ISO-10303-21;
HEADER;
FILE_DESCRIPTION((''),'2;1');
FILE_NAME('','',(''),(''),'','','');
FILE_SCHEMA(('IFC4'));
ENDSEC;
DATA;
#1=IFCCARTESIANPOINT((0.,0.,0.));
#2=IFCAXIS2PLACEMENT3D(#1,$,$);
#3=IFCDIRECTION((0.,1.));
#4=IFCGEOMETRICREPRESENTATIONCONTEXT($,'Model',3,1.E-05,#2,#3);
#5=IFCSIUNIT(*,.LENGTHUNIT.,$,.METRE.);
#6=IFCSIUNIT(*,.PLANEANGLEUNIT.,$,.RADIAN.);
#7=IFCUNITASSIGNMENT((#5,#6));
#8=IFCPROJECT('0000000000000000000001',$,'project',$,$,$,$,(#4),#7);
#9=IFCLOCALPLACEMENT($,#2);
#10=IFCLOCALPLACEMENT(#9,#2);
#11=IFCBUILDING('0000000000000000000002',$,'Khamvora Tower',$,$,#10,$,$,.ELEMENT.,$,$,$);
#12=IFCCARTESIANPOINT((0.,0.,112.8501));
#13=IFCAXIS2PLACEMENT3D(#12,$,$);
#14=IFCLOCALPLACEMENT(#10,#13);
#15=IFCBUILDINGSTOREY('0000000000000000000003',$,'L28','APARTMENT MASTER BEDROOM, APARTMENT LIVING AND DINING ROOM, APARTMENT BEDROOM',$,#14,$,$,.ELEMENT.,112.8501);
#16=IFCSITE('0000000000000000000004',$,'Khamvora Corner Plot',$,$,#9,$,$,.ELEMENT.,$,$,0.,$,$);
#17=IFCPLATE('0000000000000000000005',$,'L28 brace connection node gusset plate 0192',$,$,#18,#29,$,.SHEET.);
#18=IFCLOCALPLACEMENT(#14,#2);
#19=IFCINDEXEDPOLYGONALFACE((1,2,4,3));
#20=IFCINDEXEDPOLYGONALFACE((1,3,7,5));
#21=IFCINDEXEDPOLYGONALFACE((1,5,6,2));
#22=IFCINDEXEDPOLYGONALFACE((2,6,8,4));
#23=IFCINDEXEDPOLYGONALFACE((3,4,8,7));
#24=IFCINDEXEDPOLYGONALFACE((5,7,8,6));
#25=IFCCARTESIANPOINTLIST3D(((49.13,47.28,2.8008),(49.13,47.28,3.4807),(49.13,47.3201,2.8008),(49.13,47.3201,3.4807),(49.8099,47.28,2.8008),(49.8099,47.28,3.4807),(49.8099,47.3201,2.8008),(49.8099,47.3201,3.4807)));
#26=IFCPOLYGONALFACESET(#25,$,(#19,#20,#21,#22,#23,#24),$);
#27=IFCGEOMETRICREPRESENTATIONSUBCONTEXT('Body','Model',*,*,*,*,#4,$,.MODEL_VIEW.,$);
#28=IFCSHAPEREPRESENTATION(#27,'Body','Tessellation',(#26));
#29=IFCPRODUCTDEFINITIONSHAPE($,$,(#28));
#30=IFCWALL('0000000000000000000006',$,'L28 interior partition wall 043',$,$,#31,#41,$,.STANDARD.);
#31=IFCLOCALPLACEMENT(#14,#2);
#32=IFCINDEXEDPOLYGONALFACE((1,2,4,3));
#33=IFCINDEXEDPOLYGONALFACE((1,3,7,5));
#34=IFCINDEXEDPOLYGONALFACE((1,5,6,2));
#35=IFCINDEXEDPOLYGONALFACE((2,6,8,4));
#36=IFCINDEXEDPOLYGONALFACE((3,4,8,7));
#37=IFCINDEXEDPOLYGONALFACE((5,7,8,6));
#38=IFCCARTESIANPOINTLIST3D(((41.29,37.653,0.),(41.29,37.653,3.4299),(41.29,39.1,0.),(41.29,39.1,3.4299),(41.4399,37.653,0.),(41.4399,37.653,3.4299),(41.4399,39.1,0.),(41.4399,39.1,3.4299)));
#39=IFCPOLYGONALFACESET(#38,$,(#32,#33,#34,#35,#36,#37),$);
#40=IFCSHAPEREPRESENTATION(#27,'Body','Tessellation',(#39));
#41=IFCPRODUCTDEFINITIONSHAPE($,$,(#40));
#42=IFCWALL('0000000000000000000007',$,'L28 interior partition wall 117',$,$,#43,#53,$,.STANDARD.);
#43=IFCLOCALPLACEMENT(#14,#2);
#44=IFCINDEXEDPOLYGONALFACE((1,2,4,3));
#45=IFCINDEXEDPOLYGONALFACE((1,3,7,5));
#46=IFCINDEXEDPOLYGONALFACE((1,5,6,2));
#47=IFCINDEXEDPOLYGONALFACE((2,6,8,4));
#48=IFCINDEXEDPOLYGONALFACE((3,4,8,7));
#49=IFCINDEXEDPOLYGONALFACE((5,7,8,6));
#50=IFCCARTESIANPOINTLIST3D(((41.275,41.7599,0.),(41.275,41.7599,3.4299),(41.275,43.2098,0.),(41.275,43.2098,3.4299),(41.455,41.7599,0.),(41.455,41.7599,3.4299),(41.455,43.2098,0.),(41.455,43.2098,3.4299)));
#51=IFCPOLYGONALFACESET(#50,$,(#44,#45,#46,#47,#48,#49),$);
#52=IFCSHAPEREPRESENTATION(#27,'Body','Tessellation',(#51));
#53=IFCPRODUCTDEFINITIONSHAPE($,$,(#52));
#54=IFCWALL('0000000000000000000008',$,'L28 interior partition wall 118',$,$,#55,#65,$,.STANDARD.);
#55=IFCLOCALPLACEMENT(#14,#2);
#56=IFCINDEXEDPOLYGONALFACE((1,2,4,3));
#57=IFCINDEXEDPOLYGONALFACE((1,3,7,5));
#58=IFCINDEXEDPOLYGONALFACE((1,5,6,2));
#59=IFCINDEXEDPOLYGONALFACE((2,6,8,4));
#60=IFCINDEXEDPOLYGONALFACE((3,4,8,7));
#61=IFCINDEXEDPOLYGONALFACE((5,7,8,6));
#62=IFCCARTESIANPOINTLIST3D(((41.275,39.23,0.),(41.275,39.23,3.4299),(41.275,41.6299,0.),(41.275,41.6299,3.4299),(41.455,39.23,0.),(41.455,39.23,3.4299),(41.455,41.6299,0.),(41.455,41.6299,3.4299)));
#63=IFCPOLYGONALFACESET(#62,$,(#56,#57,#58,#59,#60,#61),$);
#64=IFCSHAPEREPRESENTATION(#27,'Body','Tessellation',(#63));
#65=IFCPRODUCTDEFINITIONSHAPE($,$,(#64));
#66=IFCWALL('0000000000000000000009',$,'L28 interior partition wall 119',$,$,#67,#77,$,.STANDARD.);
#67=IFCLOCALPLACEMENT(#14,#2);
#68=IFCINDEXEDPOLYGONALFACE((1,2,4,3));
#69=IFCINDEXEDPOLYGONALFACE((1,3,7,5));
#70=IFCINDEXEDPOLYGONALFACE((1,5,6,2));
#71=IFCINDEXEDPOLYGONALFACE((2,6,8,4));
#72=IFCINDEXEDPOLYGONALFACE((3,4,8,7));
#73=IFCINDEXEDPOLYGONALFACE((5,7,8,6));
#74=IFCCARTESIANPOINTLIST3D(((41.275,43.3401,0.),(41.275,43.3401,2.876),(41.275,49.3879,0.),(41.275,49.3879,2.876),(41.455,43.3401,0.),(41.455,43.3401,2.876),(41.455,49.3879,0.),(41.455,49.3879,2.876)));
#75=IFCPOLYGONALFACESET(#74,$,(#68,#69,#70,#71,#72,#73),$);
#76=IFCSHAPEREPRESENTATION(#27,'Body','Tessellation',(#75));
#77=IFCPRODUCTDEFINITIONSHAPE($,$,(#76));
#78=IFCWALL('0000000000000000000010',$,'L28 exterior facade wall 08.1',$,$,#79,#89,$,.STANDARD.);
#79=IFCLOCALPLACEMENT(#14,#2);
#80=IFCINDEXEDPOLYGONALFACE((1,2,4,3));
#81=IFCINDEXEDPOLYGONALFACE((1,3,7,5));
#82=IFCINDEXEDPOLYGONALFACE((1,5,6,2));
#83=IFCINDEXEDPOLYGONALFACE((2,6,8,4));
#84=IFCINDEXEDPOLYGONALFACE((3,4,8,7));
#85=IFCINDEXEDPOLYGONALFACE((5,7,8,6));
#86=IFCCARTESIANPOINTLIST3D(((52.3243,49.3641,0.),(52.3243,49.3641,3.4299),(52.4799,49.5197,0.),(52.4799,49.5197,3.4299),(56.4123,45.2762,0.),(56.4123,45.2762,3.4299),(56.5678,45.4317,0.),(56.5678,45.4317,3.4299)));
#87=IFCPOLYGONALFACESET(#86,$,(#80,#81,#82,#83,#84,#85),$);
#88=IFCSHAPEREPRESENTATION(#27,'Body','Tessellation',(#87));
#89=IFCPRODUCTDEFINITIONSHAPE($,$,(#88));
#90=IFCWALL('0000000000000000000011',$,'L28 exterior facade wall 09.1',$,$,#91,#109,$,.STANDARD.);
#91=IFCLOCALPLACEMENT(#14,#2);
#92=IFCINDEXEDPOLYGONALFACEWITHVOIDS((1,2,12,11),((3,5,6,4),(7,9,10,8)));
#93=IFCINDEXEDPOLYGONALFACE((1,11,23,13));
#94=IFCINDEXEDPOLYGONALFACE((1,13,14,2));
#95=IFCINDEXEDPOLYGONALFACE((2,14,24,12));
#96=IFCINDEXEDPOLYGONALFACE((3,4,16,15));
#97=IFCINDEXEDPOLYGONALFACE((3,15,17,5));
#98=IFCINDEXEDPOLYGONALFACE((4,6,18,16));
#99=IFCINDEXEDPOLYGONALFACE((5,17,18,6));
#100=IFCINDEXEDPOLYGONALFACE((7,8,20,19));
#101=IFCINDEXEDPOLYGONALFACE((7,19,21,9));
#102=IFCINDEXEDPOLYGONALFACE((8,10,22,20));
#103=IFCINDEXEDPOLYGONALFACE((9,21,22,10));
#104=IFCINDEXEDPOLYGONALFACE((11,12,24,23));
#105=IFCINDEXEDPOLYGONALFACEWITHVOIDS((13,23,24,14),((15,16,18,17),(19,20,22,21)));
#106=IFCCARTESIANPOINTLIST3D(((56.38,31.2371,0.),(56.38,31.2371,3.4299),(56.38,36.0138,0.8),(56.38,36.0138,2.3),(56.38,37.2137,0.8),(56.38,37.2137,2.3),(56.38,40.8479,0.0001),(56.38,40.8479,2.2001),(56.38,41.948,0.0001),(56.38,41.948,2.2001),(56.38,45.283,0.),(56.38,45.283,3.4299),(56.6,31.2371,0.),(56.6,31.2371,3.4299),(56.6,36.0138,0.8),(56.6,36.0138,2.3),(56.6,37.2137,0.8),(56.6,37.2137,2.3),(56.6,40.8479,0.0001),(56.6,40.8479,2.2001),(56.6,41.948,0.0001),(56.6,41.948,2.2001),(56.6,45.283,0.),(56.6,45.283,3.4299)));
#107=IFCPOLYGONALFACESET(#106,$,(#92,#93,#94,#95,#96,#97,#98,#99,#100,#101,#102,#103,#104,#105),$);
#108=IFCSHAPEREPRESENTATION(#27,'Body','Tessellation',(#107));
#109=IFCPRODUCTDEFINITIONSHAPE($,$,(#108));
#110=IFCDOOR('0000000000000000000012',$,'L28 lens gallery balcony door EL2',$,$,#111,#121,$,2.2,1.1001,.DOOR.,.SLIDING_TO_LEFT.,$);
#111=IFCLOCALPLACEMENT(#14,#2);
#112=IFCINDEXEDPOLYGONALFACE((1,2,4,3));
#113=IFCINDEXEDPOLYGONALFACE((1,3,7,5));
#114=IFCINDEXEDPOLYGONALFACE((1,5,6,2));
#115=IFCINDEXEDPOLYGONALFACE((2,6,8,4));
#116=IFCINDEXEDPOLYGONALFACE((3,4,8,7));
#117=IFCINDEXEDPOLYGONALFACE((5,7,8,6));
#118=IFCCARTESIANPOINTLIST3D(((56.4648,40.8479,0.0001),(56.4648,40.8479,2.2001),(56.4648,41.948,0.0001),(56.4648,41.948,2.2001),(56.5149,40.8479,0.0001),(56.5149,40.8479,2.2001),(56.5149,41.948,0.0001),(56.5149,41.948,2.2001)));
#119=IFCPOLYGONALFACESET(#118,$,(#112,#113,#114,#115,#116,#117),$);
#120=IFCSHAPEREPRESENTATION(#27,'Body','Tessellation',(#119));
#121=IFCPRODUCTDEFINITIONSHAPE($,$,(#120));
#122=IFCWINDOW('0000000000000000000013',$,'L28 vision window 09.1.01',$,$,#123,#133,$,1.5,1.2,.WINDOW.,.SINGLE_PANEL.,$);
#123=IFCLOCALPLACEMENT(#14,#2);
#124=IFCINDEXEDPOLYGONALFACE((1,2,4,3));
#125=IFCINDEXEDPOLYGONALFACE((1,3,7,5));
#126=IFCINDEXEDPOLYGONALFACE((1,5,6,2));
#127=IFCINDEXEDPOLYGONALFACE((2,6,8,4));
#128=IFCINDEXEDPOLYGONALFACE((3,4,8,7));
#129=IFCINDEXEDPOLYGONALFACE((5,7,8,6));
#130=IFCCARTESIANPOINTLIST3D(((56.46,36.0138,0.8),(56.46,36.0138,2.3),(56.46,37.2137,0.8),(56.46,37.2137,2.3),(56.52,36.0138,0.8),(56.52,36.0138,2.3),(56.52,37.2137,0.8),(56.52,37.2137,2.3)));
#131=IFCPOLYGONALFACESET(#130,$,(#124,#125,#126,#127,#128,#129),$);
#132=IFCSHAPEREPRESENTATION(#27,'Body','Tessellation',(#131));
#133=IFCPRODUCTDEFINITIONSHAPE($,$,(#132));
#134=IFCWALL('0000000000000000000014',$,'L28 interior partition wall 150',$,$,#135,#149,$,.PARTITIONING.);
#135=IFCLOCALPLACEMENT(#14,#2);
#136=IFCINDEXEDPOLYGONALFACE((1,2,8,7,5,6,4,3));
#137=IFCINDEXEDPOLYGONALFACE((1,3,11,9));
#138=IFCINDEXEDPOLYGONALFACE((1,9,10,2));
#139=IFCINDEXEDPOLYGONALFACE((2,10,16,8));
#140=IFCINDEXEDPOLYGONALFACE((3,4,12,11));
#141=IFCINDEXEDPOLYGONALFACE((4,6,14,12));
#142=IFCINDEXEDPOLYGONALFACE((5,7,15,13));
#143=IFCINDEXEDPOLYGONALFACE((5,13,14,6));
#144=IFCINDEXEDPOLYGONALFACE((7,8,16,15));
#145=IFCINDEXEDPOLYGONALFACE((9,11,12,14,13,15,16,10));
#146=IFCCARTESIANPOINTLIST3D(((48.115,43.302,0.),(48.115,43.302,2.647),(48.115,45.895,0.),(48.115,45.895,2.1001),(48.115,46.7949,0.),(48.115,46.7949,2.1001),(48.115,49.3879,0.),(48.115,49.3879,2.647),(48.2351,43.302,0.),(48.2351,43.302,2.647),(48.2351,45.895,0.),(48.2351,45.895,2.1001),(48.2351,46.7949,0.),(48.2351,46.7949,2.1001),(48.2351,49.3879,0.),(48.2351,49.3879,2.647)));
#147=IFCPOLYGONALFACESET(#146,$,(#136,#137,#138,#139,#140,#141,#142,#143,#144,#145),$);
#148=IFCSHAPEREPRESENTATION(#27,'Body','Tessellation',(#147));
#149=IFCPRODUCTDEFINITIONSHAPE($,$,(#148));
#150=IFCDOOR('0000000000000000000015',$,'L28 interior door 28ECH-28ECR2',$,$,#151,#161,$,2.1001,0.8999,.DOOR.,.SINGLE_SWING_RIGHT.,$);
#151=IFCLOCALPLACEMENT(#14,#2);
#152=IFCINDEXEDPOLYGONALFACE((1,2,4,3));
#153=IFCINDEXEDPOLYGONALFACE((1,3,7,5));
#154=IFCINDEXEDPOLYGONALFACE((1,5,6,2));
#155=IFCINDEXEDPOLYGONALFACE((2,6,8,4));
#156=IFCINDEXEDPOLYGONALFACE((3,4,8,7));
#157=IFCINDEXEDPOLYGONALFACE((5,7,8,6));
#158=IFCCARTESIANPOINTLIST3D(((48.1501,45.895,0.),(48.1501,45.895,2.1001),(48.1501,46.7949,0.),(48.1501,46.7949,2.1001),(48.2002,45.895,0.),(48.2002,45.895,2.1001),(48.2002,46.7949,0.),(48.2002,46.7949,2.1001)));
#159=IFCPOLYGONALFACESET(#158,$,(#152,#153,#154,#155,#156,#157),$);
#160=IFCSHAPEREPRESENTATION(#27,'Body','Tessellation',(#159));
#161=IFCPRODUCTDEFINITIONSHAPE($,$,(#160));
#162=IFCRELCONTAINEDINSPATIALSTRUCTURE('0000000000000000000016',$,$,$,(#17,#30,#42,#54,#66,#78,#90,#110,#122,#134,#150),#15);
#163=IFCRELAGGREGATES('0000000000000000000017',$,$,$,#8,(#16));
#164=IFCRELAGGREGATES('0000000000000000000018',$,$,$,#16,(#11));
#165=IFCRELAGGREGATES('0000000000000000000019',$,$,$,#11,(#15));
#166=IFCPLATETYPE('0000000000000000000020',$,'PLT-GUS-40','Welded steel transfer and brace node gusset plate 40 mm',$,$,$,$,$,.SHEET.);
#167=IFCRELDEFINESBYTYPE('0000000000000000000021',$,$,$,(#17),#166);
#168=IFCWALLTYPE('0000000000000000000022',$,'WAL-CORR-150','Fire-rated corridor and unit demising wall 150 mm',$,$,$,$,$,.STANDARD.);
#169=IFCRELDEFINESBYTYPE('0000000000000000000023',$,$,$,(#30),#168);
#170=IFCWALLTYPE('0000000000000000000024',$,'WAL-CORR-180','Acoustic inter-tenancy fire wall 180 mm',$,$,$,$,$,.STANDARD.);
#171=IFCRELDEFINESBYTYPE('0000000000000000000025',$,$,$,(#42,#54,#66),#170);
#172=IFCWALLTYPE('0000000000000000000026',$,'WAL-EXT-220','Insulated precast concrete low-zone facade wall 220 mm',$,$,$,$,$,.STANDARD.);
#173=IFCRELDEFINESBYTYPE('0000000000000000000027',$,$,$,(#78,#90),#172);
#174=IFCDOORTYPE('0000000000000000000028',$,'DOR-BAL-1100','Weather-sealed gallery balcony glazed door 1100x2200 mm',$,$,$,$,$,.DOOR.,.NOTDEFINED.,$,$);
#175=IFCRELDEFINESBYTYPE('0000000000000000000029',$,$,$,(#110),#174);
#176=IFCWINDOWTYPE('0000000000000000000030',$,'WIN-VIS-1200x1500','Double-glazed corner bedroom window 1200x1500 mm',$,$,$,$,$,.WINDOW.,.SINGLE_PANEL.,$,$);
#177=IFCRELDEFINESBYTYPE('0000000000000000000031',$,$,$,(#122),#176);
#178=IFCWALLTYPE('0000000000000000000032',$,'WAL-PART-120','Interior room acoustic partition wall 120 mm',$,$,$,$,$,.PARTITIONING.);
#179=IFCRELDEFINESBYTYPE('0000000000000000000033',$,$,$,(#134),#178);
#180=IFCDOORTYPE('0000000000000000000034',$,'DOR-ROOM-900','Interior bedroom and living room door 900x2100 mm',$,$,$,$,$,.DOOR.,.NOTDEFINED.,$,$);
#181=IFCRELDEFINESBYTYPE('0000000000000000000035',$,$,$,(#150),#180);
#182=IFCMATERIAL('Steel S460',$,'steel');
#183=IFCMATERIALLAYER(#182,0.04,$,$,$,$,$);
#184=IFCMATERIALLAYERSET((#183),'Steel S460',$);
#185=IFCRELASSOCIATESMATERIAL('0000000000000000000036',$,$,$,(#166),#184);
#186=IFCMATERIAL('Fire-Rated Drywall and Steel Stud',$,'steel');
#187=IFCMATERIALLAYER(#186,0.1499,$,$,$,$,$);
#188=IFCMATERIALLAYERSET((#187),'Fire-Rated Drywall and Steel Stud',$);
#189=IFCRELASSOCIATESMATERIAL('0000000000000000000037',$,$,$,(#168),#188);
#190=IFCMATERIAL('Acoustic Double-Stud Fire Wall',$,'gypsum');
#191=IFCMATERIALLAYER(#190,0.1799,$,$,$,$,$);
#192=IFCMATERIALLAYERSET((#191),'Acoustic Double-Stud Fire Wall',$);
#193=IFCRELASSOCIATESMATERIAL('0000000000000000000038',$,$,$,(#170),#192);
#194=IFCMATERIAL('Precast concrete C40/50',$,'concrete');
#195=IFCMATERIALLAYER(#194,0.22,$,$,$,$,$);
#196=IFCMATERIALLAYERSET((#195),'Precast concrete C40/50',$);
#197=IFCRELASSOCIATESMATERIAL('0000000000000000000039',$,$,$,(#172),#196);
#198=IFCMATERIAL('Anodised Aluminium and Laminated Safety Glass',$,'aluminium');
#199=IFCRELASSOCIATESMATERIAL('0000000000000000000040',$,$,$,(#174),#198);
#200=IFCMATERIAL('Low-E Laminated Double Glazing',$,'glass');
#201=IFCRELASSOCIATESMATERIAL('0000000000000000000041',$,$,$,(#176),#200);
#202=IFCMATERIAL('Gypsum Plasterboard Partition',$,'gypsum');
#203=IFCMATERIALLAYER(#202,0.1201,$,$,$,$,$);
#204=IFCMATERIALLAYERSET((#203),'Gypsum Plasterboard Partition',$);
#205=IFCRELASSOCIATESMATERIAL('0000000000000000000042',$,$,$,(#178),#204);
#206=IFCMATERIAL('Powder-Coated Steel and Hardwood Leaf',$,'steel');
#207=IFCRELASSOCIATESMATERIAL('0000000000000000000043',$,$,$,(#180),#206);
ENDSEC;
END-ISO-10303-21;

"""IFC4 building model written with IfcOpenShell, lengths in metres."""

from ifc_helpers import new_model, si_unit, direction, frame, frame_2d, origin, origin_2d, place, context, subcontext, project, spatial, rectangle, extrude, material, layer, layer_set, type_object, element, fill, save


model = new_model("IFC4")

# Units and contexts
model_context = context("Model", 3, precision=1e-05, world=origin(), true_north=direction((0.0, 1.0)))
body_context = subcontext(model_context, "Body", "Model", "MODEL_VIEW")
ifc_project = project(units=[si_unit("LENGTHUNIT", "METRE"), si_unit("PLANEANGLEUNIT", "RADIAN")], contexts=[model_context])

# Site, building, storey
site_placement = place(None, origin())
site = spatial("IfcSite", under=ifc_project, at=site_placement, Name="Khamvora Corner Plot", CompositionType="ELEMENT", RefElevation=0.0)
building_placement = place(site_placement, origin())
building = spatial("IfcBuilding", under=site, at=building_placement, Name="Khamvora Tower", CompositionType="ELEMENT")
storey_placement = place(building_placement, frame((0.0, 0.0, 112.8501)))
storey = spatial("IfcBuildingStorey", under=building, at=storey_placement, Name="L28", Description="APARTMENT MASTER BEDROOM, APARTMENT LIVING AND DINING ROOM, APARTMENT BEDROOM", CompositionType="ELEMENT", Elevation=112.8501)

# Plate
ifc_material_1 = material(Name="Steel S460", Category="steel")
ifc_layer_1 = layer(ifc_material_1, 0.04)
ifc_layer_set_1 = layer_set([ifc_layer_1], Name="Steel S460")
plate_type_1 = type_object("IfcPlateType", Name="PLT-GUS-40", Description="Welded steel transfer and brace node gusset plate 40 mm", PredefinedType="SHEET", material=ifc_layer_set_1)
plate_1_placement = place(storey_placement, frame((49.47, 47.3, 2.8008), z_axis=(0.0, 0.0, 1.0), x_axis=(1.0, 0.0, 0.0)))
element("IfcPlate", 1, at=plate_1_placement, inside=storey, type_object=plate_type_1, Name="L28 brace connection node gusset plate 0192", PredefinedType="SHEET", context=body_context, shape_type="SweptSolid", body=[
    extrude(rectangle(XDim=0.6799, YDim=0.04, at=origin_2d()), origin(), (0.0, 0.0, 1.0), 0.6799),
])

# Walls
ifc_material_2 = material(Name="Fire-Rated Drywall and Steel Stud", Category="steel")
ifc_layer_2 = layer(ifc_material_2, 0.1499)
ifc_layer_set_2 = layer_set([ifc_layer_2], Name="Fire-Rated Drywall and Steel Stud")
wall_type_1 = type_object("IfcWallType", Name="WAL-CORR-150", Description="Fire-rated corridor and unit demising wall 150 mm", PredefinedType="STANDARD", material=ifc_layer_set_2)
wall_1_placement = place(storey_placement, frame((41.365, 39.1001, 0.0), z_axis=(0.0, 0.0, 1.0), x_axis=(0.0, -1.0, 0.0)))
element("IfcWall", 2, at=wall_1_placement, inside=storey, type_object=wall_type_1, Name="L28 interior partition wall 043", PredefinedType="STANDARD", context=body_context, shape_type="SweptSolid", body=[
    extrude(rectangle(XDim=1.447, YDim=0.1499, at=frame_2d((0.7236, 0.0))), origin(), (0.0, 0.0, 1.0), 3.4299),
])
ifc_material_3 = material(Name="Acoustic Double-Stud Fire Wall", Category="gypsum")
ifc_layer_3 = layer(ifc_material_3, 0.1799)
ifc_layer_set_3 = layer_set([ifc_layer_3], Name="Acoustic Double-Stud Fire Wall")
wall_type_2 = type_object("IfcWallType", Name="WAL-CORR-180", Description="Acoustic inter-tenancy fire wall 180 mm", PredefinedType="STANDARD", material=ifc_layer_set_3)
wall_2_placement = place(storey_placement, frame((41.365, 43.21, 0.0), z_axis=(0.0, 0.0, 1.0), x_axis=(0.0, -1.0, 0.0)))
element("IfcWall", 3, at=wall_2_placement, inside=storey, type_object=wall_type_2, Name="L28 interior partition wall 117", PredefinedType="STANDARD", context=body_context, shape_type="SweptSolid", body=[
    extrude(rectangle(XDim=1.45, YDim=0.1799, at=frame_2d((0.7251, 0.0))), origin(), (0.0, 0.0, 1.0), 3.4299),
])
wall_3_placement = place(storey_placement, frame((41.365, 41.6299, 0.0), z_axis=(0.0, 0.0, 1.0), x_axis=(0.0, -1.0, 0.0)))
element("IfcWall", 4, at=wall_3_placement, inside=storey, type_object=wall_type_2, Name="L28 interior partition wall 118", PredefinedType="STANDARD", context=body_context, shape_type="SweptSolid", body=[
    extrude(rectangle(XDim=2.3999, YDim=0.1799, at=frame_2d((1.2, 0.0))), origin(), (0.0, 0.0, 1.0), 3.4299),
])
wall_4_placement = place(storey_placement, frame((41.365, 49.3879, 0.0), z_axis=(0.0, 0.0, 1.0), x_axis=(0.0, -1.0, 0.0)))
element("IfcWall", 5, at=wall_4_placement, inside=storey, type_object=wall_type_2, Name="L28 interior partition wall 119", PredefinedType="STANDARD", context=body_context, shape_type="SweptSolid", body=[
    extrude(rectangle(XDim=6.0479, YDim=0.1799, at=frame_2d((3.0239, 0.0))), origin(), (0.0, 0.0, 1.0), 2.876),
])
ifc_material_4 = material(Name="Precast concrete C40/50", Category="concrete")
ifc_layer_4 = layer(ifc_material_4, 0.22)
ifc_layer_set_4 = layer_set([ifc_layer_4], Name="Precast concrete C40/50")
wall_type_3 = type_object("IfcWallType", Name="WAL-EXT-220", Description="Insulated precast concrete low-zone facade wall 220 mm", PredefinedType="STANDARD", material=ifc_layer_set_4)
wall_5_placement = place(storey_placement, frame((52.4021, 49.4419, 0.0), z_axis=(0.0, 0.0, 1.0), x_axis=(0.707107, -0.707107, 0.0)))
element("IfcWall", 6, at=wall_5_placement, inside=storey, type_object=wall_type_3, Name="L28 exterior facade wall 08.1", PredefinedType="STANDARD", context=body_context, shape_type="SweptSolid", body=[
    extrude(rectangle(XDim=5.7812, YDim=0.22, at=frame_2d((2.8906, 0.0))), origin(), (0.0, 0.0, 1.0), 3.4299),
])

# Wall, openings, door, window
wall_6_placement = place(storey_placement, frame((56.49, 45.283, 0.0), z_axis=(0.0, 0.0, 1.0), x_axis=(0.0, -1.0, 0.0)))
wall_6 = element("IfcWall", 7, at=wall_6_placement, inside=storey, type_object=wall_type_3, Name="L28 exterior facade wall 09.1", PredefinedType="STANDARD", context=body_context, shape_type="SweptSolid", body=[
    extrude(rectangle(XDim=14.0459, YDim=0.22, at=frame_2d((7.0229, 0.0))), origin(), (0.0, 0.0, 1.0), 3.4299),
])
opening_1_placement = place(wall_6_placement, frame((3.335, 0.0, 0.0)))
opening_1 = element("IfcOpeningElement", 8, at=opening_1_placement, cuts=wall_6, PredefinedType="OPENING", context=body_context, shape_type="SweptSolid", body=[
    extrude(rectangle(XDim=1.1001, YDim=2.2, at=frame_2d((0.55, 1.1001))), frame((0.0, 0.1199, 0.0), z_axis=(0.0, -1.0, 0.0), x_axis=(1.0, 0.0, 0.0)), (0.0, 0.0, 1.0), 0.24),
])
opening_2_placement = place(wall_6_placement, frame((8.0691, 0.0, 0.8)))
opening_2 = element("IfcOpeningElement", 9, at=opening_2_placement, cuts=wall_6, PredefinedType="OPENING", context=body_context, shape_type="SweptSolid", body=[
    extrude(rectangle(XDim=1.2, YDim=1.5, at=frame_2d((0.6001, 0.75))), frame((0.0, 0.1199, 0.0), z_axis=(0.0, -1.0, 0.0), x_axis=(1.0, 0.0, 0.0)), (0.0, 0.0, 1.0), 0.24),
])
ifc_material_5 = material(Name="Anodised Aluminium and Laminated Safety Glass", Category="aluminium")
door_type_1 = type_object("IfcDoorType", Name="DOR-BAL-1100", Description="Weather-sealed gallery balcony glazed door 1100x2200 mm", OperationType="NOTDEFINED", PredefinedType="DOOR", material=ifc_material_5)
door_1_placement = place(opening_1_placement, origin())
door_1 = element("IfcDoor", 10, at=door_1_placement, inside=storey, type_object=door_type_1, Name="L28 lens gallery balcony door EL2", OperationType="SLIDING_TO_LEFT", OverallHeight=2.2, OverallWidth=1.1001, PredefinedType="DOOR", context=body_context, shape_type="SweptSolid", body=[
    extrude(rectangle(XDim=1.1001, YDim=2.2, at=frame_2d((0.55, 1.1001))), frame((0.0, 0.0249, 0.0), z_axis=(0.0, -1.0, 0.0), x_axis=(1.0, 0.0, 0.0)), (0.0, 0.0, 1.0), 0.05),
])
fill(opening_1, door_1)
ifc_material_6 = material(Name="Low-E Laminated Double Glazing", Category="glass")
window_type = type_object("IfcWindowType", Name="WIN-VIS-1200x1500", Description="Double-glazed corner bedroom window 1200x1500 mm", PartitioningType="SINGLE_PANEL", PredefinedType="WINDOW", material=ifc_material_6)
window_placement = place(opening_2_placement, origin())
window = element("IfcWindow", 11, at=window_placement, inside=storey, type_object=window_type, Name="L28 vision window 09.1.01", OverallHeight=1.5, OverallWidth=1.2, PartitioningType="SINGLE_PANEL", PredefinedType="WINDOW", context=body_context, shape_type="SweptSolid", body=[
    extrude(rectangle(XDim=1.2, YDim=1.5, at=frame_2d((0.6001, 0.75))), frame((0.0, 0.03, 0.0), z_axis=(0.0, -1.0, 0.0), x_axis=(1.0, 0.0, 0.0)), (0.0, 0.0, 1.0), 0.0601),
])
fill(opening_2, window)

# Wall, opening, door
ifc_material_7 = material(Name="Gypsum Plasterboard Partition", Category="gypsum")
ifc_layer_5 = layer(ifc_material_7, 0.1201)
ifc_layer_set_5 = layer_set([ifc_layer_5], Name="Gypsum Plasterboard Partition")
wall_type_4 = type_object("IfcWallType", Name="WAL-PART-120", Description="Interior room acoustic partition wall 120 mm", PredefinedType="PARTITIONING", material=ifc_layer_set_5)
wall_7_placement = place(storey_placement, frame((48.175, 43.302, 0.0), z_axis=(0.0, 0.0, 1.0), x_axis=(0.0, 1.0, 0.0)))
wall_7 = element("IfcWall", 12, at=wall_7_placement, inside=storey, type_object=wall_type_4, Name="L28 interior partition wall 150", PredefinedType="PARTITIONING", context=body_context, shape_type="SweptSolid", body=[
    extrude(rectangle(XDim=6.0859, YDim=0.1201, at=frame_2d((3.043, 0.0))), origin(), (0.0, 0.0, 1.0), 2.647),
])
opening_3_placement = place(wall_7_placement, frame((2.593, 0.0, 0.0)))
opening_3 = element("IfcOpeningElement", 13, at=opening_3_placement, cuts=wall_7, PredefinedType="OPENING", context=body_context, shape_type="SweptSolid", body=[
    extrude(rectangle(XDim=0.8999, YDim=2.1001, at=frame_2d((0.45, 1.05))), frame((0.0, 0.0701, 0.0), z_axis=(0.0, -1.0, 0.0), x_axis=(1.0, 0.0, 0.0)), (0.0, 0.0, 1.0), 0.1401),
])
ifc_material_8 = material(Name="Powder-Coated Steel and Hardwood Leaf", Category="steel")
door_type_2 = type_object("IfcDoorType", Name="DOR-ROOM-900", Description="Interior bedroom and living room door 900x2100 mm", OperationType="NOTDEFINED", PredefinedType="DOOR", material=ifc_material_8)
door_2_placement = place(opening_3_placement, origin())
door_2 = element("IfcDoor", 14, at=door_2_placement, inside=storey, type_object=door_type_2, Name="L28 interior door 28ECH-28ECR2", OperationType="SINGLE_SWING_RIGHT", OverallHeight=2.1001, OverallWidth=0.8999, PredefinedType="DOOR", context=body_context, shape_type="SweptSolid", body=[
    extrude(rectangle(XDim=0.8999, YDim=2.1001, at=frame_2d((0.45, 1.05))), frame((0.0, 0.0249, 0.0), z_axis=(0.0, -1.0, 0.0), x_axis=(1.0, 0.0, 0.0)), (0.0, 0.0, 1.0), 0.05),
])
fill(opening_3, door_2)

save(model, "model.ifc")
